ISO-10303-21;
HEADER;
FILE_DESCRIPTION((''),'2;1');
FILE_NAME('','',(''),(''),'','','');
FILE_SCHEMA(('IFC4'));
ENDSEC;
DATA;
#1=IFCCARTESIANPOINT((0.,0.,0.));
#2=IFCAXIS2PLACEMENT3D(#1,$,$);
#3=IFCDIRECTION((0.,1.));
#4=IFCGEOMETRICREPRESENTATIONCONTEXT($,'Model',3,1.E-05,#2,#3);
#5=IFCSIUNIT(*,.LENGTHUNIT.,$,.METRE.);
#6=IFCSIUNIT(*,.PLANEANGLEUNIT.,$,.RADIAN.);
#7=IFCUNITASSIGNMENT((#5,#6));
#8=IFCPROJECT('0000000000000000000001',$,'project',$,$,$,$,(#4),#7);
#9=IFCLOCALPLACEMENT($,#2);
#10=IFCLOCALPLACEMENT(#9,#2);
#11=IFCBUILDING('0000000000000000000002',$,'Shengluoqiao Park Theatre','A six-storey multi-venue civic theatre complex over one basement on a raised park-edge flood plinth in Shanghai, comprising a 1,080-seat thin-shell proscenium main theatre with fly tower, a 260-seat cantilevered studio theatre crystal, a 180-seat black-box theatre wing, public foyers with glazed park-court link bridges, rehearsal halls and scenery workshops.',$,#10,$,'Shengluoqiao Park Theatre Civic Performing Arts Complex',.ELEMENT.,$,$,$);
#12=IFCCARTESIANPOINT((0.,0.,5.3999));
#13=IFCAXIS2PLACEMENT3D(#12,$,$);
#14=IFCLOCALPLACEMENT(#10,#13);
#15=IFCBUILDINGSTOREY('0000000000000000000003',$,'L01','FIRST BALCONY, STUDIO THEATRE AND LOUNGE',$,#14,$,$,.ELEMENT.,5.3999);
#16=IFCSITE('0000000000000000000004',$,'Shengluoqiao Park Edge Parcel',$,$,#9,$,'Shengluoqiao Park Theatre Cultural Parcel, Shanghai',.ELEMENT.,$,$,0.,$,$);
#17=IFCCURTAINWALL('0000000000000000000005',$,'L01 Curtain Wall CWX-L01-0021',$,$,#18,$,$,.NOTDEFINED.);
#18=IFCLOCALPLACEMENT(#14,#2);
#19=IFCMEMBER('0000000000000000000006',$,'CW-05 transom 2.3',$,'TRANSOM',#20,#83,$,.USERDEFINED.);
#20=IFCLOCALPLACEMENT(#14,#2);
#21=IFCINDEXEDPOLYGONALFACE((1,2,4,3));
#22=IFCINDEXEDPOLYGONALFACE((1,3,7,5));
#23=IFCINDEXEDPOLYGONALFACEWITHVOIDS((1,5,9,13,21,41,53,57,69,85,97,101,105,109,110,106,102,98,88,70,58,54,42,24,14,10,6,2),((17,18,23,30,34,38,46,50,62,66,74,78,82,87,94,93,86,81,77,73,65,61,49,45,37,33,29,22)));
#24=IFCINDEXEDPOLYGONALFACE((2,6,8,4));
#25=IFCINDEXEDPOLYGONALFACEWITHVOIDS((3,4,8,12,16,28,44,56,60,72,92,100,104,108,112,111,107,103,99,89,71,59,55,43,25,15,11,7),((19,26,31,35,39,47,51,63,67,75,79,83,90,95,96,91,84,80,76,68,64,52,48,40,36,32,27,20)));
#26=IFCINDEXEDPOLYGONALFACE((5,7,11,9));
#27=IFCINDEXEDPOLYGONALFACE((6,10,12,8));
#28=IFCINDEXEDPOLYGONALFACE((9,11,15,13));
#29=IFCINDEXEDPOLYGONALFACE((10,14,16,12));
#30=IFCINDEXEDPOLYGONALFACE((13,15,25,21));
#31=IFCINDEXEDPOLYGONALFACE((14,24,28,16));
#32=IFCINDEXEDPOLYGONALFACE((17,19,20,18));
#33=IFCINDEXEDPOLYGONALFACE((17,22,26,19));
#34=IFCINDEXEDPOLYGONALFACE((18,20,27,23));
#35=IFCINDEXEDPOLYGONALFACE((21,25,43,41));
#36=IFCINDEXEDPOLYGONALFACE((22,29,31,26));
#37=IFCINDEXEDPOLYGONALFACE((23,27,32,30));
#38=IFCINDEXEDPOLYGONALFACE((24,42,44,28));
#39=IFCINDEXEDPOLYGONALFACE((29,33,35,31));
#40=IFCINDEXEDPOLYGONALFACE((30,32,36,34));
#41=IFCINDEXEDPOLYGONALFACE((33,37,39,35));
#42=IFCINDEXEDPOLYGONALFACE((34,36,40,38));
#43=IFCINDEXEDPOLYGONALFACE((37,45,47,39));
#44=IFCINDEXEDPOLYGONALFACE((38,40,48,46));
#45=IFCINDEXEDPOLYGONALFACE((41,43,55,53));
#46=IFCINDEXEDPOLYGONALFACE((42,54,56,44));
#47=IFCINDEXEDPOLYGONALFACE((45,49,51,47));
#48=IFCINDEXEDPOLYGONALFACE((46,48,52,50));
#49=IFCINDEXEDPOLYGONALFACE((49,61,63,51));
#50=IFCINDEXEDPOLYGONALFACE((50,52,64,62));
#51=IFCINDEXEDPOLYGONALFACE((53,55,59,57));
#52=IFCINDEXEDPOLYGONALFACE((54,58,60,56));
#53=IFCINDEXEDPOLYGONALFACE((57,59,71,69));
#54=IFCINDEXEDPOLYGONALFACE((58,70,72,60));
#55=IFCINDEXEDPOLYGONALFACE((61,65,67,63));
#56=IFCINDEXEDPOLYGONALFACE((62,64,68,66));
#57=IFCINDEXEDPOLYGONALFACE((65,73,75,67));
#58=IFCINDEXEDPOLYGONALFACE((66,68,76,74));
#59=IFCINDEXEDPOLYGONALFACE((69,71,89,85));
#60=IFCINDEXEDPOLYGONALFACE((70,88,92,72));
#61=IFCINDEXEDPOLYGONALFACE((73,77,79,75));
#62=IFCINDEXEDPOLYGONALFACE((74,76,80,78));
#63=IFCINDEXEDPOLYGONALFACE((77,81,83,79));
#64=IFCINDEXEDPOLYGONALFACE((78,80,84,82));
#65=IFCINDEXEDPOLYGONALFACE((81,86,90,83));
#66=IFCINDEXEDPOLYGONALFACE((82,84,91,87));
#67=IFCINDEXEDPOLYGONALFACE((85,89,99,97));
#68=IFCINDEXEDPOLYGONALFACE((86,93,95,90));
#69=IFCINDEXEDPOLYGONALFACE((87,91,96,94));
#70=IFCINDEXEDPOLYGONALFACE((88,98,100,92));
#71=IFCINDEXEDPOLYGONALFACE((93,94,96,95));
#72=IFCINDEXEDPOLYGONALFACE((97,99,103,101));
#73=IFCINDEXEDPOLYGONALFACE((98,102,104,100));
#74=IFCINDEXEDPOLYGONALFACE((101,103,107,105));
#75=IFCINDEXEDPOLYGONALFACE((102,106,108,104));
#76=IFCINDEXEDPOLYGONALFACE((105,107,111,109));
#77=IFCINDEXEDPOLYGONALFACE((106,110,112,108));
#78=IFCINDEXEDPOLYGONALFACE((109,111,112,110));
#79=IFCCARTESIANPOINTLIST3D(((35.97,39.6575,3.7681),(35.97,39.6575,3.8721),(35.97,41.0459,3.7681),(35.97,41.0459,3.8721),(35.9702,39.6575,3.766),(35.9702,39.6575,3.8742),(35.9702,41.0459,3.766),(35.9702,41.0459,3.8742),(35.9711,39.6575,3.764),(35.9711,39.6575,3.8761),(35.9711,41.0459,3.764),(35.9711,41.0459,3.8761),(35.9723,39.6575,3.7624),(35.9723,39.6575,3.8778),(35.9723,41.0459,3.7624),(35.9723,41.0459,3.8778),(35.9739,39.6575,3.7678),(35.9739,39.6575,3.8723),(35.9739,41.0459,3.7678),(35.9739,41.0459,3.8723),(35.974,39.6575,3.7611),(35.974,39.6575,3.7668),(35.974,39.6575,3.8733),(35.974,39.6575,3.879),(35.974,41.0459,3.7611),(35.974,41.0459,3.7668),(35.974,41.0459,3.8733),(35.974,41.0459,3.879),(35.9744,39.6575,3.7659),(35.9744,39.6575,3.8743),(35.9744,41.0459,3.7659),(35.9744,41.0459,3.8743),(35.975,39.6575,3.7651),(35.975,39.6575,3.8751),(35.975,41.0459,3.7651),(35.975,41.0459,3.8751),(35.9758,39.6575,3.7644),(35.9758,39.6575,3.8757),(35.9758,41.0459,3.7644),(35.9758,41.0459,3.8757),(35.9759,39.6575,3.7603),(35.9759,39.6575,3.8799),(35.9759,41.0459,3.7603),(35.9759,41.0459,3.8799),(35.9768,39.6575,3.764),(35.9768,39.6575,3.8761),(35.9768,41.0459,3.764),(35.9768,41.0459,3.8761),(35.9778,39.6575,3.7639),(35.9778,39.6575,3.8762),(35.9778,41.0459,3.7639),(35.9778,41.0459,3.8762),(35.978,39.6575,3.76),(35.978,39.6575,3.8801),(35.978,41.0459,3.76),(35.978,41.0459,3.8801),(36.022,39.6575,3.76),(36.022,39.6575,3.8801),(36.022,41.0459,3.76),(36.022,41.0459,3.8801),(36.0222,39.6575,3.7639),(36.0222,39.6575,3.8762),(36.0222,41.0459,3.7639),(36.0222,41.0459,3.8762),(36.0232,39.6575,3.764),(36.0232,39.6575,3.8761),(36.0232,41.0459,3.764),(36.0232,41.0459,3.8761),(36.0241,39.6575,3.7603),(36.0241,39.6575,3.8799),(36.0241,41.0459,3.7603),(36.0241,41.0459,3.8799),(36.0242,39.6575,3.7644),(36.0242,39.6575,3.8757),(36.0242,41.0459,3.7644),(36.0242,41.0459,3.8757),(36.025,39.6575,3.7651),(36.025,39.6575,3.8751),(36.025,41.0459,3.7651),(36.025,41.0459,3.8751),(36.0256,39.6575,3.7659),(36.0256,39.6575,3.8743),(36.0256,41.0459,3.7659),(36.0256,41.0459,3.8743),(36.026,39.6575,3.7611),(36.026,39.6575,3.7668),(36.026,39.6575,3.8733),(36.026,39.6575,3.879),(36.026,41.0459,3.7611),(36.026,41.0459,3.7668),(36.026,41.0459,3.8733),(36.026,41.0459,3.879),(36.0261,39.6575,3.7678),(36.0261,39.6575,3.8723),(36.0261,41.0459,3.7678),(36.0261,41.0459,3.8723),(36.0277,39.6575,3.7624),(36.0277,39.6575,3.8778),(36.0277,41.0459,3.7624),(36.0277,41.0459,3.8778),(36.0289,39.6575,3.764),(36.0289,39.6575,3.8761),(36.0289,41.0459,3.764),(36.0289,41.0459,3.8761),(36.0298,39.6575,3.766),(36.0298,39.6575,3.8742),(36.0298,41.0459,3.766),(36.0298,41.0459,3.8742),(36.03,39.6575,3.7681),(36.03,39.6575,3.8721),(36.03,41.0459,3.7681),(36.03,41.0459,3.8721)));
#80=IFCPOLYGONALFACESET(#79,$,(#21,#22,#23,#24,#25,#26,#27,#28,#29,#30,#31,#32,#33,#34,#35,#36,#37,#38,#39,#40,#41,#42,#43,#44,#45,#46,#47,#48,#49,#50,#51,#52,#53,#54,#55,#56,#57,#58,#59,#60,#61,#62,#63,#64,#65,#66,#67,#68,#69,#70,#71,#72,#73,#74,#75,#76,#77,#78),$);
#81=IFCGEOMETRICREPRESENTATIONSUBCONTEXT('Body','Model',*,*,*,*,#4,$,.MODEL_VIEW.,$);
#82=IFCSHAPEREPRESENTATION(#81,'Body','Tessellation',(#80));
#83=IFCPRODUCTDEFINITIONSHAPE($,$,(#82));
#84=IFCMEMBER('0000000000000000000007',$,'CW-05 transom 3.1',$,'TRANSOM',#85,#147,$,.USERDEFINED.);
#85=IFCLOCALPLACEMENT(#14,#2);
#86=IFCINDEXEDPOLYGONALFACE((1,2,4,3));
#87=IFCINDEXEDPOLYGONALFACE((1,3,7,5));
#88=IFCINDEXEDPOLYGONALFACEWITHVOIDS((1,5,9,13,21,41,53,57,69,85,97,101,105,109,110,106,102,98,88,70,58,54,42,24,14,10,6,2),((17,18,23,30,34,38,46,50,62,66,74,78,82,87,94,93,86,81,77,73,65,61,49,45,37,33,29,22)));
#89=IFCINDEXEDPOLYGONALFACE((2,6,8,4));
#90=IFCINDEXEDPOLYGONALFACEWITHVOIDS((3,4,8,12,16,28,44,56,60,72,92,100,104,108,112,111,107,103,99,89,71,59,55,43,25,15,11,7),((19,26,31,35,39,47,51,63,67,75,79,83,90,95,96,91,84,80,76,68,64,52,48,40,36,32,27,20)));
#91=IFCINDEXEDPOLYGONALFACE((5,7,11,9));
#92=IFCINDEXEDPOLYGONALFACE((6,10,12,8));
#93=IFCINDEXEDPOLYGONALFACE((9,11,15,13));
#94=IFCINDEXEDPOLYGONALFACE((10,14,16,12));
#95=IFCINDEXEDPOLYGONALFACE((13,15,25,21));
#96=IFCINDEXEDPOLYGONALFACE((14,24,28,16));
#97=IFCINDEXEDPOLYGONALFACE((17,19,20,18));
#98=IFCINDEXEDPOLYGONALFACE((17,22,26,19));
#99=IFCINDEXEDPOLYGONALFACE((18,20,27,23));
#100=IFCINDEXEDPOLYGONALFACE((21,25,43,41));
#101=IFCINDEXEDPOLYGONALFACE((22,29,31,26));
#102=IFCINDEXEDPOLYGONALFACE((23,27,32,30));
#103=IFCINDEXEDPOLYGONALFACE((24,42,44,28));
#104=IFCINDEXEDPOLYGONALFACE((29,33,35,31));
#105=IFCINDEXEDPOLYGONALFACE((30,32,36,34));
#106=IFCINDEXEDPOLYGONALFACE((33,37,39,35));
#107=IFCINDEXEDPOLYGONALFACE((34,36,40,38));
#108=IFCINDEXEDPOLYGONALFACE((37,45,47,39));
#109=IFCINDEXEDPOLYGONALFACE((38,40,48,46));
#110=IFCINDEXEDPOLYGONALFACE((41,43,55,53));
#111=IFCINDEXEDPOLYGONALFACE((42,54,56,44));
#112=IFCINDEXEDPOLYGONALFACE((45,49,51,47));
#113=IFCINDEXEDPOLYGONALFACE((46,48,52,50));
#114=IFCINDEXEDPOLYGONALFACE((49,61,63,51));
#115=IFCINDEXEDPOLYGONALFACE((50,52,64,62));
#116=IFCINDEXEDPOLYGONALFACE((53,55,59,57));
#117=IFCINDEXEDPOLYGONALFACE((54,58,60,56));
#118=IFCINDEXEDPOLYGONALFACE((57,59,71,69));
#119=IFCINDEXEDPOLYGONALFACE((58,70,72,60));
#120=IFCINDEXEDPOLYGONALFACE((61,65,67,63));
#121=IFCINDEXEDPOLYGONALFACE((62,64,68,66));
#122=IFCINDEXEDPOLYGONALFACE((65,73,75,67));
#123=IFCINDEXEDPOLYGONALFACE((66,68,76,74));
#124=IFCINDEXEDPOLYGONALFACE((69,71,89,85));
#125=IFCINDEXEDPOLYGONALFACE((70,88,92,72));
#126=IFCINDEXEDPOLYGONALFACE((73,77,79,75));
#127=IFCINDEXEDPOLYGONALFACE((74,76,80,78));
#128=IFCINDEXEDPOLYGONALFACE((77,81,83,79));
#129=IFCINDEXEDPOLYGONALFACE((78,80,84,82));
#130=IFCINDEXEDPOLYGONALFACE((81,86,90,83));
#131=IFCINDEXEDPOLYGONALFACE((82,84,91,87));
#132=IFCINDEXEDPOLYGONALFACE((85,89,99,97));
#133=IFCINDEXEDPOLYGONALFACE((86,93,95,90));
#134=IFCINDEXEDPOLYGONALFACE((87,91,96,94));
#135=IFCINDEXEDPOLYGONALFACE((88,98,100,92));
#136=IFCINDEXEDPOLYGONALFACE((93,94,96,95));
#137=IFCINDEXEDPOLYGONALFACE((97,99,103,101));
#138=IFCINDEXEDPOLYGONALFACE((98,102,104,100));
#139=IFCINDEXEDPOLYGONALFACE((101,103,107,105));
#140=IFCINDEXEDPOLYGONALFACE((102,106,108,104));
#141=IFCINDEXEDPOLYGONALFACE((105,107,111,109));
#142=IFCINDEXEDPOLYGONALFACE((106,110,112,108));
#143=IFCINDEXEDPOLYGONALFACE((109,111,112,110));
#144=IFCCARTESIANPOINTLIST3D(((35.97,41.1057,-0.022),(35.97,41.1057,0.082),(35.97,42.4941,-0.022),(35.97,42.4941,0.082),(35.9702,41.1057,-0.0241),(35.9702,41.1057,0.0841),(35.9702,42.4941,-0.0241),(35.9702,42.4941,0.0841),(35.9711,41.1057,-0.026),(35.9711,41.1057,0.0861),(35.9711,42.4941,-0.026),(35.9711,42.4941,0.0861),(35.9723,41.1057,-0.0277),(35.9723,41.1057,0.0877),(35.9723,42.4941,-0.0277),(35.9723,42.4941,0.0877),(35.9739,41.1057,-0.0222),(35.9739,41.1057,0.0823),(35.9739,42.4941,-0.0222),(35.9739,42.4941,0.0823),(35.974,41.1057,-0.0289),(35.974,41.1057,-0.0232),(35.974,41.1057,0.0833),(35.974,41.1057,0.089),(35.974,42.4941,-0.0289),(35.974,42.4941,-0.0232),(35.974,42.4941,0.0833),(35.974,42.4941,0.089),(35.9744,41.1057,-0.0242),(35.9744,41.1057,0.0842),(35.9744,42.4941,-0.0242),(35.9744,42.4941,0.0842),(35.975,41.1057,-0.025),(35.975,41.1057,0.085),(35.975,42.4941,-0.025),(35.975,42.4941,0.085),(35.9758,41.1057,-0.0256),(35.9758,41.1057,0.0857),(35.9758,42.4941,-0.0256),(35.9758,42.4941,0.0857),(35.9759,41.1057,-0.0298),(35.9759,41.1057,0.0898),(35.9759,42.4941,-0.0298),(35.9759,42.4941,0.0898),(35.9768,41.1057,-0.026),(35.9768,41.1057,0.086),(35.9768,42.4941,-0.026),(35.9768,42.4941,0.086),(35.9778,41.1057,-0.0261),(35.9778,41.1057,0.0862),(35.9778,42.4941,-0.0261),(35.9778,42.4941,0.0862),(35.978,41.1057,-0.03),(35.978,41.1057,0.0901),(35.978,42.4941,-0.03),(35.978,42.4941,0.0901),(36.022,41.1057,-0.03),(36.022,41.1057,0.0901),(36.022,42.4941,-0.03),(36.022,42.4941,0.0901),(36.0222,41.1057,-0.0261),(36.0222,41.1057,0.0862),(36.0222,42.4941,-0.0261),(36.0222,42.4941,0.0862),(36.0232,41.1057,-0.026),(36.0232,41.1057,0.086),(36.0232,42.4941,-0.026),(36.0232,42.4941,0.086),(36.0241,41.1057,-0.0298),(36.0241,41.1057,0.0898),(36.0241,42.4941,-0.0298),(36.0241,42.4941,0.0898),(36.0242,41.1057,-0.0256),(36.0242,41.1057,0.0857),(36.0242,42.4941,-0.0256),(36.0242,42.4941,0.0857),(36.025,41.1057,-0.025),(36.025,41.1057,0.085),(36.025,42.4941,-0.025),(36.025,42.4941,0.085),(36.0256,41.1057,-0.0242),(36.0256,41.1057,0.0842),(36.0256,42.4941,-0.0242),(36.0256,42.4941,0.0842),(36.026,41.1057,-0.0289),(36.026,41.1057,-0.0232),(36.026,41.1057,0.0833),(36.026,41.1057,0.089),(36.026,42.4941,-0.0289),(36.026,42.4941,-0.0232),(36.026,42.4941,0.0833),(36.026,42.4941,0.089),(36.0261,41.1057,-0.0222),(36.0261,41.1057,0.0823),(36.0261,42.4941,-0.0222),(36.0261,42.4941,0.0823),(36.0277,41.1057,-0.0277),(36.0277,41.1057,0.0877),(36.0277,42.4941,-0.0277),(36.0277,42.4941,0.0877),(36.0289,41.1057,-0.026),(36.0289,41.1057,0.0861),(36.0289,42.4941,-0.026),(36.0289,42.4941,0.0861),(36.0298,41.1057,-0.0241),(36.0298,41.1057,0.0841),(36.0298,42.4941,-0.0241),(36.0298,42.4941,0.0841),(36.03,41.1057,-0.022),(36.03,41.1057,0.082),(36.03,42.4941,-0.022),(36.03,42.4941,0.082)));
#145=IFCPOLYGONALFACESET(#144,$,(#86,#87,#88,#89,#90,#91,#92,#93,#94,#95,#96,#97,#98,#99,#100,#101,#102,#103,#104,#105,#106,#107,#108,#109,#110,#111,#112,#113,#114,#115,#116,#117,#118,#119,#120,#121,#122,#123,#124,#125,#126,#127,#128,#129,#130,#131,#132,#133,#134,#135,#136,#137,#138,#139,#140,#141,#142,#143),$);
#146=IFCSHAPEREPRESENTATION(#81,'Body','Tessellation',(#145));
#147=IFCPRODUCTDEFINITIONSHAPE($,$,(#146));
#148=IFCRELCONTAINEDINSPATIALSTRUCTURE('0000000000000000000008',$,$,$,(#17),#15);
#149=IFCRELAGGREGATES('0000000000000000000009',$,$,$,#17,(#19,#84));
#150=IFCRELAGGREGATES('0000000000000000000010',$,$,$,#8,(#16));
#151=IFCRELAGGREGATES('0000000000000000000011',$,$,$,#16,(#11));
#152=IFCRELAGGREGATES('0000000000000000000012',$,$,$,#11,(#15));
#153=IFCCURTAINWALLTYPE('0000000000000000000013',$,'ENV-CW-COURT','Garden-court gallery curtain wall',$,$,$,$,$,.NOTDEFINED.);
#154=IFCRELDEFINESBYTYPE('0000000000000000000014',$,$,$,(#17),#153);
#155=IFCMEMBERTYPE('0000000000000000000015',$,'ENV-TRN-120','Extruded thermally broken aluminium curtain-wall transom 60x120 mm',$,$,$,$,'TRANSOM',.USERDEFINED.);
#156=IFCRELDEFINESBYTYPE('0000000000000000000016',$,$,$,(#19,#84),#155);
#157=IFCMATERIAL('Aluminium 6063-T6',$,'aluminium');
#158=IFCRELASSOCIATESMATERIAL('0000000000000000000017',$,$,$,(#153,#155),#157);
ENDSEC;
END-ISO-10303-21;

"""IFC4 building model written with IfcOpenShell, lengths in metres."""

from ifc_helpers import new_model, si_unit, direction, frame, origin, origin_2d, place, context, subcontext, project, spatial, hollow_rectangle, extrude, material, material_profile, profile_set, type_object, element, aggregate, save


model = new_model("IFC4")

# Units and contexts
model_context = context("Model", 3, precision=1e-05, world=origin(), true_north=direction((0.0, 1.0)))
body_context = subcontext(model_context, "Body", "Model", "MODEL_VIEW")
ifc_project = project(units=[si_unit("LENGTHUNIT", "METRE"), si_unit("PLANEANGLEUNIT", "RADIAN")], contexts=[model_context])

# Site, building, storey
site_placement = place(None, origin())
site = spatial("IfcSite", under=ifc_project, at=site_placement, Name="Shengluoqiao Park Edge Parcel", LongName="Shengluoqiao Park Theatre Cultural Parcel, Shanghai", CompositionType="ELEMENT", RefElevation=0.0)
building_placement = place(site_placement, origin())
building = spatial("IfcBuilding", under=site, at=building_placement, Name="Shengluoqiao Park Theatre", Description="A six-storey multi-venue civic theatre complex over one basement on a raised park-edge flood plinth in Shanghai, comprising a 1,080-seat thin-shell proscenium main theatre with fly tower, a 260-seat cantilevered studio theatre crystal, a 180-seat black-box theatre wing, public foyers with glazed park-court link bridges, rehearsal halls and scenery workshops.", LongName="Shengluoqiao Park Theatre Civic Performing Arts Complex", CompositionType="ELEMENT")
storey_placement = place(building_placement, frame((0.0, 0.0, 5.3999)))
storey = spatial("IfcBuildingStorey", under=building, at=storey_placement, Name="L01", Description="FIRST BALCONY, STUDIO THEATRE AND LOUNGE", CompositionType="ELEMENT", Elevation=5.3999)

# Curtain wall
ifc_material_1 = material(Name="Aluminium 6063-T6", Category="aluminium")
curtain_wall_type = type_object("IfcCurtainWallType", Name="ENV-CW-COURT", Description="Garden-court gallery curtain wall", PredefinedType="NOTDEFINED", material=ifc_material_1)
curtain_wall_1_placement = place(storey_placement, origin())
curtain_wall_1 = element("IfcCurtainWall", 1, at=curtain_wall_1_placement, inside=storey, type_object=curtain_wall_type, Name="L01 Curtain Wall CWX-L01-0021", PredefinedType="NOTDEFINED")

# Members
ifc_material_profile_1 = material_profile(ifc_material_1, hollow_rectangle(XDim=0.0601, YDim=0.1201, WallThickness=0.0039, InnerFilletRadius=0.0039, OuterFilletRadius=0.0081, at=origin_2d()), Name="ALU TRANSOM 120x60x4")
ifc_profile_set_1 = profile_set([ifc_material_profile_1], Name="Aluminium 6063-T6")
member_type_1 = type_object("IfcMemberType", Name="ENV-TRN-120", Description="Extruded thermally broken aluminium curtain-wall transom 60x120 mm", ElementType="TRANSOM", PredefinedType="USERDEFINED", material=ifc_profile_set_1)
member_1_placement = place(storey_placement, frame((36.0, 39.6575, 3.8201), z_axis=(0.0, 1.0, 0.0), x_axis=(-1.0, 0.0, 0.0)))
member_1 = element("IfcMember", 2, at=member_1_placement, type_object=member_type_1, Name="CW-05 transom 2.3", ObjectType="TRANSOM", PredefinedType="USERDEFINED", context=body_context, shape_type="SweptSolid", body=[
    extrude(hollow_rectangle(XDim=0.0601, YDim=0.1201, WallThickness=0.0039, InnerFilletRadius=0.0039, OuterFilletRadius=0.0081, at=origin_2d()), origin(), (0.0, 0.0, 1.0), 1.3884),
])
member_2_placement = place(storey_placement, frame((36.0, 41.1057, 0.03), z_axis=(0.0, 1.0, 0.0), x_axis=(-1.0, 0.0, 0.0)))
member_2 = element("IfcMember", 3, at=member_2_placement, type_object=member_type_1, Name="CW-05 transom 3.1", ObjectType="TRANSOM", PredefinedType="USERDEFINED", context=body_context, shape_type="SweptSolid", body=[
    extrude(hollow_rectangle(XDim=0.0601, YDim=0.1201, WallThickness=0.0039, InnerFilletRadius=0.0039, OuterFilletRadius=0.0081, at=origin_2d()), origin(), (0.0, 0.0, 1.0), 1.3884),
])

aggregate(curtain_wall_1, [member_1, member_2])

save(model, "model.ifc")
